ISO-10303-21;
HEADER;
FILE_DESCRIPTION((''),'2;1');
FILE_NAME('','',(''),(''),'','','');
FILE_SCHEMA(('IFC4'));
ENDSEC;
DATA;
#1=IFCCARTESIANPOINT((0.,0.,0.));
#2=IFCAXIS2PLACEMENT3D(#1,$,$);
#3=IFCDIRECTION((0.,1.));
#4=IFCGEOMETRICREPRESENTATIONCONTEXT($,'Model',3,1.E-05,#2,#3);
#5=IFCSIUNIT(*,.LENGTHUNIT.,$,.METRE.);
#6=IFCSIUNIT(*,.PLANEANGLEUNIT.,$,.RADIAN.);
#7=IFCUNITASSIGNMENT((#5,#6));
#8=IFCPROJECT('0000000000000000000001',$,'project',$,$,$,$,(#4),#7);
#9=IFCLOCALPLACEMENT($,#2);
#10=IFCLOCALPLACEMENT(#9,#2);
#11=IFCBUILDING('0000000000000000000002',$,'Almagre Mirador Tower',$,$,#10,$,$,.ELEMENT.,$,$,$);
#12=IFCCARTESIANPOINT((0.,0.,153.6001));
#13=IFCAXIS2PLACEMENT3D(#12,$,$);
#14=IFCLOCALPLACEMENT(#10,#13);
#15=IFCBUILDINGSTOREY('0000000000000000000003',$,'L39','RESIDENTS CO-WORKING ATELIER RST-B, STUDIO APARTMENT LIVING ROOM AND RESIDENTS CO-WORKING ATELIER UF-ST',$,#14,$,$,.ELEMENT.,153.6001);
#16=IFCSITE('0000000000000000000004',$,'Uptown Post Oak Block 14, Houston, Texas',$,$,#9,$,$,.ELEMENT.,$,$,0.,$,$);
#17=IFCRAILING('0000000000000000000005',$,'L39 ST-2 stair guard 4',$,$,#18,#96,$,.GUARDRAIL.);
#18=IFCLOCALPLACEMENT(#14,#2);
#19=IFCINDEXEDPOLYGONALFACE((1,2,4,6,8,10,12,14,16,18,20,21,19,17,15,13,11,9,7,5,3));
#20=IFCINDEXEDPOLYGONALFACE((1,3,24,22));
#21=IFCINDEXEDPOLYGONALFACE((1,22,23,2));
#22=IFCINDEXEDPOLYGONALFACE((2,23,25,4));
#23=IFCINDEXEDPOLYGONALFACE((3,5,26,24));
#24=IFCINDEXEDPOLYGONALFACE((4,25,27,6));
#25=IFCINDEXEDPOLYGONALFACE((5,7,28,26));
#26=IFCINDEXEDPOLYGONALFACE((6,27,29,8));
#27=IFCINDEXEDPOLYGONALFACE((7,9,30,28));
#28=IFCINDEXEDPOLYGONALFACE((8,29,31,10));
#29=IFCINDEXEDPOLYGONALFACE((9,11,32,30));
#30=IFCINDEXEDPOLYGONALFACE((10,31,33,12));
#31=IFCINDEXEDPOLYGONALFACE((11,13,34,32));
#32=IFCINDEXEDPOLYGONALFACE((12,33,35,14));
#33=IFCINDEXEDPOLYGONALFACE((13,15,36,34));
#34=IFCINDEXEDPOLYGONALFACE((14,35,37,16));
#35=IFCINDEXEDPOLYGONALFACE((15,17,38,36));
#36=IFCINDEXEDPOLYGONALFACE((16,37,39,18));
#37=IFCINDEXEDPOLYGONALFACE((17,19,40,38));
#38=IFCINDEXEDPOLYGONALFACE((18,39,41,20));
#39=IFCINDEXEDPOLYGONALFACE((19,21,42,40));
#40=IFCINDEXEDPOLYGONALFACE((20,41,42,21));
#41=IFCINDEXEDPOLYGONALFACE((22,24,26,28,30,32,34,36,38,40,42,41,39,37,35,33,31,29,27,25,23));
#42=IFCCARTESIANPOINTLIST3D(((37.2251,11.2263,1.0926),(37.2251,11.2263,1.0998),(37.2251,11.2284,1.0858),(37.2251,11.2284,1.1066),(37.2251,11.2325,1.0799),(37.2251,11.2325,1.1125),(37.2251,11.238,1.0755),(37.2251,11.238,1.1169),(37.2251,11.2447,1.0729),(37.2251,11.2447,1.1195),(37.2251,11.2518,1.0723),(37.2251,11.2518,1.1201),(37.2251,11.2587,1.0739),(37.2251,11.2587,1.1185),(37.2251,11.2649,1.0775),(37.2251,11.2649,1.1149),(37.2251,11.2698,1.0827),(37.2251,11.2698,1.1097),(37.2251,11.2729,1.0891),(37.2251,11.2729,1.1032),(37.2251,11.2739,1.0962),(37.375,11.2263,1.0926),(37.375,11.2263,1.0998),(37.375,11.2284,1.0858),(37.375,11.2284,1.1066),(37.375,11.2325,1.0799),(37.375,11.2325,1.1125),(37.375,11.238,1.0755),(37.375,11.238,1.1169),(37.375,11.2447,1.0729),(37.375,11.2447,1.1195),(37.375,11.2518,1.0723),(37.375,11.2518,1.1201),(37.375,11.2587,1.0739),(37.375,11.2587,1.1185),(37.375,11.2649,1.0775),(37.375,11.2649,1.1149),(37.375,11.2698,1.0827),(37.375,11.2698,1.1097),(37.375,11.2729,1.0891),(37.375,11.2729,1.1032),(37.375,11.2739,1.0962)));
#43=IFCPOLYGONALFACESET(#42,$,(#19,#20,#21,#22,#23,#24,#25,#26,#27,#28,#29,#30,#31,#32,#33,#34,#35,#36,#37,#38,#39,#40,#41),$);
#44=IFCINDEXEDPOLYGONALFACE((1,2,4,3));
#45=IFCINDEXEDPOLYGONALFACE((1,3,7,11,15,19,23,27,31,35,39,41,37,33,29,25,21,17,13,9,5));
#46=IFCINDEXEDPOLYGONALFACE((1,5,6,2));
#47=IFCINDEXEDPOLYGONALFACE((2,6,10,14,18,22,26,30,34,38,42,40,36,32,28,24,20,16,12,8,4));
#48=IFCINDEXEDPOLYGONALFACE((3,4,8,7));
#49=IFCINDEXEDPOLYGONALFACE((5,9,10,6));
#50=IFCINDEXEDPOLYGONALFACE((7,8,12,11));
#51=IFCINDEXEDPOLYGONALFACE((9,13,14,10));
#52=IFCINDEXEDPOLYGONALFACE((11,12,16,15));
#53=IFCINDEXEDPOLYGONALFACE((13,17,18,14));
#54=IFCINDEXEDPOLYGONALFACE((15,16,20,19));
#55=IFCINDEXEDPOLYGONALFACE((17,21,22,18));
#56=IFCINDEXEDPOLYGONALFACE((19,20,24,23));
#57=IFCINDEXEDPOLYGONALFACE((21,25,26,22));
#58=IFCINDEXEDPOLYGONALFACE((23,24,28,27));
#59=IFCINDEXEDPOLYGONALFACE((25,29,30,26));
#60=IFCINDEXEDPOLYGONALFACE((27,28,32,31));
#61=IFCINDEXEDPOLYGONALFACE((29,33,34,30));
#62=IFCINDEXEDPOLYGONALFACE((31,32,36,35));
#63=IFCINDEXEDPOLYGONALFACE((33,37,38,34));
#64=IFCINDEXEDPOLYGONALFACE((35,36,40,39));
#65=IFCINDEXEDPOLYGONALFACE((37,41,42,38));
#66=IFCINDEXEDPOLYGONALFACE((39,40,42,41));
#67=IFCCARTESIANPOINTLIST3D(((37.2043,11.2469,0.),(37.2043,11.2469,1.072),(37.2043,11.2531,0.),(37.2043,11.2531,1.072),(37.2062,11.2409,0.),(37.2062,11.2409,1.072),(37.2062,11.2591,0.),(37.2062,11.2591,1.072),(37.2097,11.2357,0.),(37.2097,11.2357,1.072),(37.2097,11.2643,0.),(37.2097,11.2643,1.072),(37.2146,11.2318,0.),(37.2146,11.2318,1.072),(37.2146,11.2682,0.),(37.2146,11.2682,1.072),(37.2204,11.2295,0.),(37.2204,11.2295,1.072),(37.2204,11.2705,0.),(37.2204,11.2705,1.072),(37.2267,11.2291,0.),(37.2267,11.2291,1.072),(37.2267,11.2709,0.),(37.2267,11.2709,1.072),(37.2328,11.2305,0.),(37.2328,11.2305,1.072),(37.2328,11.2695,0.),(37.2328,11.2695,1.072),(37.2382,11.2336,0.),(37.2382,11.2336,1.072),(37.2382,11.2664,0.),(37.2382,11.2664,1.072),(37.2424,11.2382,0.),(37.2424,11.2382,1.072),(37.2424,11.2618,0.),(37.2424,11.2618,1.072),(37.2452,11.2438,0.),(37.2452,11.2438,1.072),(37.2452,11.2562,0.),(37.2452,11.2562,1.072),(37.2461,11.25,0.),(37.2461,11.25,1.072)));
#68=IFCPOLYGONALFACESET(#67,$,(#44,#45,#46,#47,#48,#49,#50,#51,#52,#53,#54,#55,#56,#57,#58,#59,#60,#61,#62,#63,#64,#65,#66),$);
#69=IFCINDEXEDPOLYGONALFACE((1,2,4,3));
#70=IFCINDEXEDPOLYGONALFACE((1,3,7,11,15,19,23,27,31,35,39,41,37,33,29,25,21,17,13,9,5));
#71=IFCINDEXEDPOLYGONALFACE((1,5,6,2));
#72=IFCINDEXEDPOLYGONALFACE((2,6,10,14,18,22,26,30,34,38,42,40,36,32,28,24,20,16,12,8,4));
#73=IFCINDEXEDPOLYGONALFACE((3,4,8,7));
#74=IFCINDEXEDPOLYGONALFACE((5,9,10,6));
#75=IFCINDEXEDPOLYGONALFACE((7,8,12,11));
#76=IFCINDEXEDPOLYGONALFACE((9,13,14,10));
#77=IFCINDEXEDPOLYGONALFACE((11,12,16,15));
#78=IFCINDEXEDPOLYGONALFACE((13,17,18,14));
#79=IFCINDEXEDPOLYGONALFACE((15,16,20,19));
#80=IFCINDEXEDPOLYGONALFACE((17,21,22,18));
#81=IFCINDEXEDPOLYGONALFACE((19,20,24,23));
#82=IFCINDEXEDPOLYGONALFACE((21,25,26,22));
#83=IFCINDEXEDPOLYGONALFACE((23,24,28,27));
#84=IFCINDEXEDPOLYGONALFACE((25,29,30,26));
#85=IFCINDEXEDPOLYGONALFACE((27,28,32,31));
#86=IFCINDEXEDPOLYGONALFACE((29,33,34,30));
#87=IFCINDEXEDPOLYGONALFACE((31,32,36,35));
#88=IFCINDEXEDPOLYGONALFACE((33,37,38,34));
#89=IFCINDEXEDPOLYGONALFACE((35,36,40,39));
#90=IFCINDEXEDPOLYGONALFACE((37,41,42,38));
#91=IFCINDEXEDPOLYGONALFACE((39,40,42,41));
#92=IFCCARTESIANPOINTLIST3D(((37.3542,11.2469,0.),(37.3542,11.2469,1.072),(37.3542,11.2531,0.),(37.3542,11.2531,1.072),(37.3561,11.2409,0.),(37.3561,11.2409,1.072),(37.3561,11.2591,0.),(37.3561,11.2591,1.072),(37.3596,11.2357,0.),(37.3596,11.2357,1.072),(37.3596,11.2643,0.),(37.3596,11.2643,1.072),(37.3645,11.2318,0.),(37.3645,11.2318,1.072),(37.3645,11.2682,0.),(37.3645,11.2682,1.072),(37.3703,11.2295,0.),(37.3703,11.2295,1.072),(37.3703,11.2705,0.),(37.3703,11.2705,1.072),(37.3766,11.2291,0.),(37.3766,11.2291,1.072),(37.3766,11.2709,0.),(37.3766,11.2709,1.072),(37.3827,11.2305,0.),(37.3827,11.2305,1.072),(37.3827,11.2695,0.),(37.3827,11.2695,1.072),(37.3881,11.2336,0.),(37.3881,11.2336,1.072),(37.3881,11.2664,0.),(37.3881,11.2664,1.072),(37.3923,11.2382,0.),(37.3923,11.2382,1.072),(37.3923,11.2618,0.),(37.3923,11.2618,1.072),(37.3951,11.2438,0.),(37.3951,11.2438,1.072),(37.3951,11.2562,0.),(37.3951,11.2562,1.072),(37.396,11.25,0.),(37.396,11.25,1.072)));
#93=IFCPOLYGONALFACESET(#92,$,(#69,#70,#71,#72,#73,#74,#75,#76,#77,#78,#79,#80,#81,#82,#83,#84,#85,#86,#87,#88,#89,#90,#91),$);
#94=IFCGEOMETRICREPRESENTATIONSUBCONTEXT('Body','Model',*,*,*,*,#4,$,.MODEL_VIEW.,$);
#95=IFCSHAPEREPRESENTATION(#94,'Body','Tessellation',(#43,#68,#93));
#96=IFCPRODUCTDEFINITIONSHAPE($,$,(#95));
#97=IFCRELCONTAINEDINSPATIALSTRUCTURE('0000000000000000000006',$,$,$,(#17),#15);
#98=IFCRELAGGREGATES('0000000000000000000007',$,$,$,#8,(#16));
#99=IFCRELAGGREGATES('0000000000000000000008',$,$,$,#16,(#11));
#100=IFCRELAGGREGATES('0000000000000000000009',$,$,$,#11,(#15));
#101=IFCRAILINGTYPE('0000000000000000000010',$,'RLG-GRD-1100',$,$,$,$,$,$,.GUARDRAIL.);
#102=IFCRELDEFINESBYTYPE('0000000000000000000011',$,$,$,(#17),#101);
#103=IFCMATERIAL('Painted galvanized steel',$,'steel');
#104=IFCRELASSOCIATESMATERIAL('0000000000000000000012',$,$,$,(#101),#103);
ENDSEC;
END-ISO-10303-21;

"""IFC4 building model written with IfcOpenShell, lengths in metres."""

from ifc_helpers import new_model, si_unit, direction, frame, origin, origin_2d, place, context, subcontext, project, spatial, circle, extrude, material, type_object, element, save


model = new_model("IFC4")

# Units and contexts
model_context = context("Model", 3, precision=1e-05, world=origin(), true_north=direction((0.0, 1.0)))
body_context = subcontext(model_context, "Body", "Model", "MODEL_VIEW")
ifc_project = project(units=[si_unit("LENGTHUNIT", "METRE"), si_unit("PLANEANGLEUNIT", "RADIAN")], contexts=[model_context])

# Site, building, storey
site_placement = place(None, origin())
site = spatial("IfcSite", under=ifc_project, at=site_placement, Name="Uptown Post Oak Block 14, Houston, Texas", CompositionType="ELEMENT", RefElevation=0.0)
building_placement = place(site_placement, origin())
building = spatial("IfcBuilding", under=site, at=building_placement, Name="Almagre Mirador Tower", CompositionType="ELEMENT")
storey_placement = place(building_placement, frame((0.0, 0.0, 153.6001)))
storey = spatial("IfcBuildingStorey", under=building, at=storey_placement, Name="L39", Description="RESIDENTS CO-WORKING ATELIER RST-B, STUDIO APARTMENT LIVING ROOM AND RESIDENTS CO-WORKING ATELIER UF-ST", CompositionType="ELEMENT", Elevation=153.6001)

# Railing
ifc_material_1 = material(Name="Painted galvanized steel", Category="steel")
railing_type_1 = type_object("IfcRailingType", Name="RLG-GRD-1100", PredefinedType="GUARDRAIL", material=ifc_material_1)
railing_1_placement = place(storey_placement, frame((37.2251, 11.25, 0.0)))
element("IfcRailing", 1, at=railing_1_placement, inside=storey, type_object=railing_type_1, Name="L39 ST-2 stair guard 4", PredefinedType="GUARDRAIL", context=body_context, shape_type="SweptSolid", body=[
    extrude(circle(Radius=0.0239, at=origin_2d()), frame((0.0, 0.0, 1.0962), z_axis=(1.0, 0.0, 0.0), x_axis=(0.0, 1.0, 0.0)), (0.0, 0.0, 1.0), 0.1499),
    extrude(circle(Radius=0.021, at=origin_2d()), origin(), (0.0, 0.0, 1.0), 1.072),
    extrude(circle(Radius=0.021, at=origin_2d()), frame((0.1499, 0.0, 0.0)), (0.0, 0.0, 1.0), 1.072),
])

save(model, "model.ifc")
